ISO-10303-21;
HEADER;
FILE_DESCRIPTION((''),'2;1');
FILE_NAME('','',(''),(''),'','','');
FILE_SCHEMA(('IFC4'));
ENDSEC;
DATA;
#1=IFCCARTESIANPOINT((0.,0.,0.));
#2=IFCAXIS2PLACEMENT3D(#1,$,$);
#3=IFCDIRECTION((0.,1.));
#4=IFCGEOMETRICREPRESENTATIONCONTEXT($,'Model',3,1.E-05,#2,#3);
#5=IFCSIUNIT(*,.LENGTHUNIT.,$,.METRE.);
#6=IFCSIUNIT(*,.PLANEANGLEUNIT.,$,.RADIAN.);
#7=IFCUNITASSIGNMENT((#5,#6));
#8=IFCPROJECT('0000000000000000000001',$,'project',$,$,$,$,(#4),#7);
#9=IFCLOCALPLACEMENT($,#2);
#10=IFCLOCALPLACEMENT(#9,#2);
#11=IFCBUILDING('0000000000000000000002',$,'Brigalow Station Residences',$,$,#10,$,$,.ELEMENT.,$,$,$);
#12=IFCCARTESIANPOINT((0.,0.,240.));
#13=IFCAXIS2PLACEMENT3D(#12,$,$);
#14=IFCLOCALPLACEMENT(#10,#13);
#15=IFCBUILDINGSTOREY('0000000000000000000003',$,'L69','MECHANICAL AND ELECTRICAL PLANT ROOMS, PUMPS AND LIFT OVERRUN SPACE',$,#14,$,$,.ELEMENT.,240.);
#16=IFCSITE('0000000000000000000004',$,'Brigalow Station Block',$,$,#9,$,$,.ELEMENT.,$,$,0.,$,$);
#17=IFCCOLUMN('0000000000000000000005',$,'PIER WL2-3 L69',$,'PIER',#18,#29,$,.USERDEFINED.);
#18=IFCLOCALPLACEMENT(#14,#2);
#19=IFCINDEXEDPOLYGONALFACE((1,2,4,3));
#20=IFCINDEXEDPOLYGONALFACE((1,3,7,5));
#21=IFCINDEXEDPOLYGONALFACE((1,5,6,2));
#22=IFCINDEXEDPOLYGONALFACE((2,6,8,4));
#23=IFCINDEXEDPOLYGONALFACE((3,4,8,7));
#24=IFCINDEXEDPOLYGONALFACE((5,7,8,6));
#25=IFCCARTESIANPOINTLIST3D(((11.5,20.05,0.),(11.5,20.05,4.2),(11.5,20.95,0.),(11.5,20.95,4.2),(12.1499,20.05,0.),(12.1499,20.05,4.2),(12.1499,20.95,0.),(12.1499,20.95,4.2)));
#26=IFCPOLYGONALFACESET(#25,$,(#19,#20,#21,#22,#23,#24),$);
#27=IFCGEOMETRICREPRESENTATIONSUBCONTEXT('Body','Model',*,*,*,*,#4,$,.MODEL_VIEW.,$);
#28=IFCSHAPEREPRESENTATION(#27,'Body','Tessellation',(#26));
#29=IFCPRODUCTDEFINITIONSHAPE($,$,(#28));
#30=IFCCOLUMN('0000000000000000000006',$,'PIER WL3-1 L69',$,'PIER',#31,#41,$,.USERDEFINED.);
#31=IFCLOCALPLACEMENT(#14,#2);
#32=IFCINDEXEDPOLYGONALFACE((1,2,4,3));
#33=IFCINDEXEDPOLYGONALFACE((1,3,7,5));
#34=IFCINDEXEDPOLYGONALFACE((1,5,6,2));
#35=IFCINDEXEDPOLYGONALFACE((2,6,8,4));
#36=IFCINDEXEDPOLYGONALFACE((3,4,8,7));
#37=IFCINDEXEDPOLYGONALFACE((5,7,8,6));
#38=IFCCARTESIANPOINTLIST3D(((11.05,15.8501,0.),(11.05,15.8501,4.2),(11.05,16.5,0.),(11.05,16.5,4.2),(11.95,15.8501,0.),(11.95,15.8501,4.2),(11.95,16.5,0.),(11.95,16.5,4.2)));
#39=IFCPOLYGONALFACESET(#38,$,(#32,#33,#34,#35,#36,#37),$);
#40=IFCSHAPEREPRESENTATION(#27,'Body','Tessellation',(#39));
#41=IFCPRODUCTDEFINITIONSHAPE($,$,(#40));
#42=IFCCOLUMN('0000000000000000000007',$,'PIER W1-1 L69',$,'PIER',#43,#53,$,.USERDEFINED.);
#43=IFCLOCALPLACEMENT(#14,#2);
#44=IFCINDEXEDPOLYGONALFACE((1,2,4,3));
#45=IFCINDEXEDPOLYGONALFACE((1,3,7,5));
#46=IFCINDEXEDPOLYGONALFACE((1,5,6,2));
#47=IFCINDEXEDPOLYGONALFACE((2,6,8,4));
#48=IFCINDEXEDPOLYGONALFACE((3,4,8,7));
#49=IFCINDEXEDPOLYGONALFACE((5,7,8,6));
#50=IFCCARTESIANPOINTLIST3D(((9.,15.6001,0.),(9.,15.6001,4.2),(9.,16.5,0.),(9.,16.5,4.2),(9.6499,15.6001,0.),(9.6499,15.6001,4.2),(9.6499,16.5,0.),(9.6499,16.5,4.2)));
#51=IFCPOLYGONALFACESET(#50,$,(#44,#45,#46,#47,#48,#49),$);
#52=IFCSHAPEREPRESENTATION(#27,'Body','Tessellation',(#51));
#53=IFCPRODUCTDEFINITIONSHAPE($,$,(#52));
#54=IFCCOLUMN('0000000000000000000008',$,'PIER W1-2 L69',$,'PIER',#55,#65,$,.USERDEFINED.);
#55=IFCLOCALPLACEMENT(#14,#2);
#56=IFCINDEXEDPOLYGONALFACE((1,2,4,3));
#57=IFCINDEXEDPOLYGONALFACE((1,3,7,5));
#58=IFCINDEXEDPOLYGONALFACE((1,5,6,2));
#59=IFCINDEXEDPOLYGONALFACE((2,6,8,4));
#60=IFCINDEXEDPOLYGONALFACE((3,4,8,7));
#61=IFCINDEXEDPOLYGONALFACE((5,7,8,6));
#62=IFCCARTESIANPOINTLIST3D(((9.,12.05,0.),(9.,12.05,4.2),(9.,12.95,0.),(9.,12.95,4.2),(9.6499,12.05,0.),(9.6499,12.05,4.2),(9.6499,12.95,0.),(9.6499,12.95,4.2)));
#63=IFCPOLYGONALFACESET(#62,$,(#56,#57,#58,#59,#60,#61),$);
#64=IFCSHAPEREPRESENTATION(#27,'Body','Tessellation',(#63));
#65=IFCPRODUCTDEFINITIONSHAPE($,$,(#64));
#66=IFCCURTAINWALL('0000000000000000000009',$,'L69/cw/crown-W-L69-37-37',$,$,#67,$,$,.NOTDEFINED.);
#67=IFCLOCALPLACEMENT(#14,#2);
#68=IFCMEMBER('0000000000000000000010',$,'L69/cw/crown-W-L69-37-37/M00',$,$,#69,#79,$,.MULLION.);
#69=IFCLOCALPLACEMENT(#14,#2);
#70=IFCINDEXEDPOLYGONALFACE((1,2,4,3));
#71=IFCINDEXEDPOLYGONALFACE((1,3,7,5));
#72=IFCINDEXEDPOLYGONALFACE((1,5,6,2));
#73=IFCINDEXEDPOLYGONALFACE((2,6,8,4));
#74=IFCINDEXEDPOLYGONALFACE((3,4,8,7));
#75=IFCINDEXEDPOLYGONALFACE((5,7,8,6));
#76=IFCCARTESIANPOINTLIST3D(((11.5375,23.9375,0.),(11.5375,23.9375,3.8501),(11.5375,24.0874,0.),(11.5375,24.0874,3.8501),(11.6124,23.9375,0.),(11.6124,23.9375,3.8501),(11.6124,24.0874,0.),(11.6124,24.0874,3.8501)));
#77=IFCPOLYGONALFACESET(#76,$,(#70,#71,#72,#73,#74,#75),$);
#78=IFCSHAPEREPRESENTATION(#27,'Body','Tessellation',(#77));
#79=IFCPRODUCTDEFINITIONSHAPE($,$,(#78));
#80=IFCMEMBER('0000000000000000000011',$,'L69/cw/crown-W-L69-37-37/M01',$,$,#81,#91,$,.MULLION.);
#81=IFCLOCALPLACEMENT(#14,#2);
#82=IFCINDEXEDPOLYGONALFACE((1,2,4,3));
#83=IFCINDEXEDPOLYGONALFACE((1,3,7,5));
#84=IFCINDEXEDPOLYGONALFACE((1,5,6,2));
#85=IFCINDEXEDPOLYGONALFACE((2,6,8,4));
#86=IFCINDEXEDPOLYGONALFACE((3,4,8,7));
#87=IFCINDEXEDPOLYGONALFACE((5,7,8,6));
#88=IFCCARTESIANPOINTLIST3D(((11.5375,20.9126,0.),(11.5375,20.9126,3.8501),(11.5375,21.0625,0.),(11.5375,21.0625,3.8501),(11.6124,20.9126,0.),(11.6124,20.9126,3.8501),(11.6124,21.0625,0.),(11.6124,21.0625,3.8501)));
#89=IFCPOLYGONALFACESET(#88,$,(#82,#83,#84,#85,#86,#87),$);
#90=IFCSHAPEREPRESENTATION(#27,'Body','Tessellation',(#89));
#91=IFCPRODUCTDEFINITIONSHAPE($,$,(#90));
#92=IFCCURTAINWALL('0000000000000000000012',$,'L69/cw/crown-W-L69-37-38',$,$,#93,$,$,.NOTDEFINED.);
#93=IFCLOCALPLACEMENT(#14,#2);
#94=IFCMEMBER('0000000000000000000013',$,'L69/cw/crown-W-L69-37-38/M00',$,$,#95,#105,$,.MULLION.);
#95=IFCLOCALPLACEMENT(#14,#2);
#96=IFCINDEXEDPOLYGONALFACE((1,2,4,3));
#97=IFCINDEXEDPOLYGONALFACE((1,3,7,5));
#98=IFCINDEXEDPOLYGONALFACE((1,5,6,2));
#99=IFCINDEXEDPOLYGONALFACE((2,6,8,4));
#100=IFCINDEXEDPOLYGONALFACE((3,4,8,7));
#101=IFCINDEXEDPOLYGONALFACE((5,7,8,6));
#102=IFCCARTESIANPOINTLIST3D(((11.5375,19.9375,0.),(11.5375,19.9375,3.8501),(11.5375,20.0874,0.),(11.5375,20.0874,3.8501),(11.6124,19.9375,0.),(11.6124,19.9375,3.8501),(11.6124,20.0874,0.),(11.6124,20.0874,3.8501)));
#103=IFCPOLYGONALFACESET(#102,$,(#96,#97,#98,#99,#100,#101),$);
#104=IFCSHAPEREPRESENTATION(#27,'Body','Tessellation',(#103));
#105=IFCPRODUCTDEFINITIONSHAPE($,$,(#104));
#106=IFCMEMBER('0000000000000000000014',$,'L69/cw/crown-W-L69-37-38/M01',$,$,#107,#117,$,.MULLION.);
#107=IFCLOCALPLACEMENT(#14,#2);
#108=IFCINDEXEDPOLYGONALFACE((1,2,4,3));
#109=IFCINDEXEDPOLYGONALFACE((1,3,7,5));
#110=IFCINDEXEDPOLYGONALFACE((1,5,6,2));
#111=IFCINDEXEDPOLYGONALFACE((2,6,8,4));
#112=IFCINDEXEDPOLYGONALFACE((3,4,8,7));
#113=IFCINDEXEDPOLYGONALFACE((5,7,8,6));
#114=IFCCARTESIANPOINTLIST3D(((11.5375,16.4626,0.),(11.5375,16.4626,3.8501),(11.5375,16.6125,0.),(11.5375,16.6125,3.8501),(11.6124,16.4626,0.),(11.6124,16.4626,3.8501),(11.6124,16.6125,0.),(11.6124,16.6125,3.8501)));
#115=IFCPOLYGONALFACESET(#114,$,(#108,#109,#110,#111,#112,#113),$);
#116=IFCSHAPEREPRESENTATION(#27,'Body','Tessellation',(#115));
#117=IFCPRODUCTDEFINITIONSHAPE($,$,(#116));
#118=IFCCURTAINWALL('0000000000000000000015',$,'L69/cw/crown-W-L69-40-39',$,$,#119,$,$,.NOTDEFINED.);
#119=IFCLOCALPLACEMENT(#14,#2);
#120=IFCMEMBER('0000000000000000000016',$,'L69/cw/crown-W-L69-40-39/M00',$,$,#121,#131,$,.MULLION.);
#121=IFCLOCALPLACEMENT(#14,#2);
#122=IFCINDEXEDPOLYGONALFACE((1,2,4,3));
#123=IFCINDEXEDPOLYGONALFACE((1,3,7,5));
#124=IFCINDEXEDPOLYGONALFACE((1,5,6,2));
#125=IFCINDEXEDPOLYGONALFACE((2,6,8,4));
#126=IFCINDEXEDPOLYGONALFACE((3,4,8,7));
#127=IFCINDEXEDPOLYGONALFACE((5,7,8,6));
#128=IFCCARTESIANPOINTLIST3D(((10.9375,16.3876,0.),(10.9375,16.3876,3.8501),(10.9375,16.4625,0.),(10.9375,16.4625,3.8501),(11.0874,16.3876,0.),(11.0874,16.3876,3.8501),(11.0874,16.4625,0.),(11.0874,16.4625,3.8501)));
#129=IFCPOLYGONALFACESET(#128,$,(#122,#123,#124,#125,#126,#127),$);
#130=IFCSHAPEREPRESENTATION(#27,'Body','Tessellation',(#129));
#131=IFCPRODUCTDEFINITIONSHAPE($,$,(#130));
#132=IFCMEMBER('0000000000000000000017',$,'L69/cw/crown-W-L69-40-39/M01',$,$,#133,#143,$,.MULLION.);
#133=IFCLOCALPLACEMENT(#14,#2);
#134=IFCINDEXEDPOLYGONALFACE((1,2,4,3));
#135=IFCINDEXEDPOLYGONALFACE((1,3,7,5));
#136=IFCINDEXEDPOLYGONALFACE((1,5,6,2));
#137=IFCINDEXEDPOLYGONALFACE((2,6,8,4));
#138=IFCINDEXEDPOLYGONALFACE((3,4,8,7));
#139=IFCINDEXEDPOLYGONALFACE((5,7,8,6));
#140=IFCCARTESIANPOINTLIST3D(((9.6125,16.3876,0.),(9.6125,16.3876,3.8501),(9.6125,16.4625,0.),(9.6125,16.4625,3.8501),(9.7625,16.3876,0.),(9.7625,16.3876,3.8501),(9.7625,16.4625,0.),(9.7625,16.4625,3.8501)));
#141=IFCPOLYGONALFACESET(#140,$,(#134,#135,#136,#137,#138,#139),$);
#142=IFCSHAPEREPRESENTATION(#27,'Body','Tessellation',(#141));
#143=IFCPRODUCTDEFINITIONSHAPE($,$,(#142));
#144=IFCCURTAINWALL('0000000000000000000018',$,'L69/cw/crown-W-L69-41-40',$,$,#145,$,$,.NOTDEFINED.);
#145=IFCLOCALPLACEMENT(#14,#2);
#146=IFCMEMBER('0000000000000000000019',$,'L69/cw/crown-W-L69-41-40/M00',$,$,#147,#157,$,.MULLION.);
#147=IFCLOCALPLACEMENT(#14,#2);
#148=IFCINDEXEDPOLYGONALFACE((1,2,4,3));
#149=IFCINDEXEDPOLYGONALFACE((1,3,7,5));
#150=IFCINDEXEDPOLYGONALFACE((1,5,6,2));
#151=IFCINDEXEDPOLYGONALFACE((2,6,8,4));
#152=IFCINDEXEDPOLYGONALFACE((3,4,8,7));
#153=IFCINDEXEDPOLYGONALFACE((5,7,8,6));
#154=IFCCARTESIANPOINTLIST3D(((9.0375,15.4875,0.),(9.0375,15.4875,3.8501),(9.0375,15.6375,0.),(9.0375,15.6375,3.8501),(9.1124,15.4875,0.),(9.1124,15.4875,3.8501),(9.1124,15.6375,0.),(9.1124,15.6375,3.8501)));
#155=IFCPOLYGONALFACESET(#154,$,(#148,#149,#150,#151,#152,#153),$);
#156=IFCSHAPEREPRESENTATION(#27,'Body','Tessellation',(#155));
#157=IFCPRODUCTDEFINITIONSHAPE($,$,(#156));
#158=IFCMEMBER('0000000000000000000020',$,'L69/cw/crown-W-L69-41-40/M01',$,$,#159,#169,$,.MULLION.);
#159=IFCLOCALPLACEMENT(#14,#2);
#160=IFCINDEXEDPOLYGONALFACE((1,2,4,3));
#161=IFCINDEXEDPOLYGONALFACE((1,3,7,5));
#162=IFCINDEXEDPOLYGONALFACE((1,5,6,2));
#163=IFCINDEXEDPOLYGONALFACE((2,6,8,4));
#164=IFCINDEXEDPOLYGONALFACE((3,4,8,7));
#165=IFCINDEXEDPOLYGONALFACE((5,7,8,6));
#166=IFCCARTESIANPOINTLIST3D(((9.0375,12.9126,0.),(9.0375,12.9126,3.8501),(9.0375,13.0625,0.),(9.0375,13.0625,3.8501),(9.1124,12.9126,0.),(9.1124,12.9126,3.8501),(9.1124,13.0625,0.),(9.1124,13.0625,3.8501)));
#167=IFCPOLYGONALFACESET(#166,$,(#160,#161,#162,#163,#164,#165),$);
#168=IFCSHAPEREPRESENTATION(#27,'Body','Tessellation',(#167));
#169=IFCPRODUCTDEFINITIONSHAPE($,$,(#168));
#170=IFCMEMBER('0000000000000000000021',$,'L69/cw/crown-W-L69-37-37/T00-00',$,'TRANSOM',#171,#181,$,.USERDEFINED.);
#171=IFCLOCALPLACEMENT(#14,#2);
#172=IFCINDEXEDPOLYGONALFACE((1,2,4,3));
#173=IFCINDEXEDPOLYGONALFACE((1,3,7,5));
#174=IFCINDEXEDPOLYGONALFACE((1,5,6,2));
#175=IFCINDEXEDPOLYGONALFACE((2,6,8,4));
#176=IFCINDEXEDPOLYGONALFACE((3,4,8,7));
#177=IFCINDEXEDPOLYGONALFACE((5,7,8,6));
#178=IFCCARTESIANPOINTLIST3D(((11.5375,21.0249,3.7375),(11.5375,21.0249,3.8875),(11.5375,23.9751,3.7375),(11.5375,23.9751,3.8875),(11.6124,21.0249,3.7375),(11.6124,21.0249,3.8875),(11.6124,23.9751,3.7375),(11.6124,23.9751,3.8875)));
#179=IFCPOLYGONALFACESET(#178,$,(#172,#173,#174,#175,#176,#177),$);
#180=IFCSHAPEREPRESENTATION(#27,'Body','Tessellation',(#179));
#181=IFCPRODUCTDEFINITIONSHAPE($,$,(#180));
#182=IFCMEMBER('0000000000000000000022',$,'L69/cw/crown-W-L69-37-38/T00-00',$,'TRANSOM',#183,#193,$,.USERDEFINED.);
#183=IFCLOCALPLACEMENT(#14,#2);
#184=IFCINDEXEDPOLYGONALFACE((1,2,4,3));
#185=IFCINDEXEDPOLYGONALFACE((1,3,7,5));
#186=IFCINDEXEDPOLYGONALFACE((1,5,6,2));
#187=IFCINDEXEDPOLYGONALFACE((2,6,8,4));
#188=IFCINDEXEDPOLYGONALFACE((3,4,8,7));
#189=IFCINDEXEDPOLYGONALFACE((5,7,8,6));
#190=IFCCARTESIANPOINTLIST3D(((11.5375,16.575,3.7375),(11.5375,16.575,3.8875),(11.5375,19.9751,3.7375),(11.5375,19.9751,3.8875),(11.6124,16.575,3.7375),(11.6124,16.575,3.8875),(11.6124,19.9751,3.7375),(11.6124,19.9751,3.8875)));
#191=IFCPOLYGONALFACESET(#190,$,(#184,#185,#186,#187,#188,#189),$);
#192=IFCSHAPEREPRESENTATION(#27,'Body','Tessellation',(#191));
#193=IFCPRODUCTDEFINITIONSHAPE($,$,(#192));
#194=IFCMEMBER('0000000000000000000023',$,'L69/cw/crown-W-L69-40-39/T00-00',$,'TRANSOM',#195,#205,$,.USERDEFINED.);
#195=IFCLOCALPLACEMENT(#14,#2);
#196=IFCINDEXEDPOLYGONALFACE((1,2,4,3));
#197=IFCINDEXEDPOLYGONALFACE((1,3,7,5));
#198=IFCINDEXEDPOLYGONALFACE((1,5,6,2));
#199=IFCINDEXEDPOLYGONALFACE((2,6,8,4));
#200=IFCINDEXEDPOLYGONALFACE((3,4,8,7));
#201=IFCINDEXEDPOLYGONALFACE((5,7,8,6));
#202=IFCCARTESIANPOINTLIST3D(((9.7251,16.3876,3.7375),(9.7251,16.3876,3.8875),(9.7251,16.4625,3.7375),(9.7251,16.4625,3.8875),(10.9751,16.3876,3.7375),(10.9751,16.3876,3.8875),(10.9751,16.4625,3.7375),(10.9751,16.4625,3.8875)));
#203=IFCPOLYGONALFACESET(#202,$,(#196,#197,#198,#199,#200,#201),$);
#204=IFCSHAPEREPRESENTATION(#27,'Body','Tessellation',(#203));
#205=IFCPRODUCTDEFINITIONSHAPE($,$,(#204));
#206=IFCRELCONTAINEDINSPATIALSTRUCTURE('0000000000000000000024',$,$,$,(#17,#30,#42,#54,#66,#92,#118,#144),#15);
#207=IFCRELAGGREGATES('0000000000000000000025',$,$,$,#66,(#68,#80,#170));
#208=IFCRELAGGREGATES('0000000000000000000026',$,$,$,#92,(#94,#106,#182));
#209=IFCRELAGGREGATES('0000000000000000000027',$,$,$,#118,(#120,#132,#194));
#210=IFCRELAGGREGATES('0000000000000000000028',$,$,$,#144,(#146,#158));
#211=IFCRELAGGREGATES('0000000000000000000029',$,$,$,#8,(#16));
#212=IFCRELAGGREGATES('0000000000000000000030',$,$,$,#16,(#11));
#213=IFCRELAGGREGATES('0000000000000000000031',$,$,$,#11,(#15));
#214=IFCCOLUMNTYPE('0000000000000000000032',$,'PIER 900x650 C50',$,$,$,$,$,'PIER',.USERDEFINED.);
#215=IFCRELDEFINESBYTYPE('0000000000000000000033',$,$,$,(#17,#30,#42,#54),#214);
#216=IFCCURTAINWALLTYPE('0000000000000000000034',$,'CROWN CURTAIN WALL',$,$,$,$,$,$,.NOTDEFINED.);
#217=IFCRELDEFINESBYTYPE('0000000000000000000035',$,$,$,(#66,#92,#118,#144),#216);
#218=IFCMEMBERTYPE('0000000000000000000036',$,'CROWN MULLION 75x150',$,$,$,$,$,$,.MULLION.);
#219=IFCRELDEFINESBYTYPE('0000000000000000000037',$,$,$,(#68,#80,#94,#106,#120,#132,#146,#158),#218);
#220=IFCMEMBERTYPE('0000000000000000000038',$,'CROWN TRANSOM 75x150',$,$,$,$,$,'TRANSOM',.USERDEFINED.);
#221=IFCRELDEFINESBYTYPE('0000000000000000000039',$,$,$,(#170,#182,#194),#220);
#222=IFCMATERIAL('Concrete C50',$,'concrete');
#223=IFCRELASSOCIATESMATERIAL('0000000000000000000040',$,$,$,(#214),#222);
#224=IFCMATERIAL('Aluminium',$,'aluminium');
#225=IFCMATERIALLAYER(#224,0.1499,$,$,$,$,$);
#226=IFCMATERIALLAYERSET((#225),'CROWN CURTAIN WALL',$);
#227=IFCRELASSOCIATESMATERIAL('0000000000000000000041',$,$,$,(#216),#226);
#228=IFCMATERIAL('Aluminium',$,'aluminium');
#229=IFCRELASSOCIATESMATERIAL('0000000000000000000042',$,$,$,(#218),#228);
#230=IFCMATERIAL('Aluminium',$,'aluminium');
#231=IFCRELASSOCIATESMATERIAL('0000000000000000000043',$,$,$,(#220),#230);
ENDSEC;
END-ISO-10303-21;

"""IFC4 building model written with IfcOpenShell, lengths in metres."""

from ifc_helpers import new_model, si_unit, direction, frame, origin, origin_2d, place, context, subcontext, project, spatial, rectangle, extrude, material, layer, layer_set, material_profile, profile_set, type_object, element, aggregate, save


model = new_model("IFC4")

# Units and contexts
model_context = context("Model", 3, precision=1e-05, world=origin(), true_north=direction((0.0, 1.0)))
body_context = subcontext(model_context, "Body", "Model", "MODEL_VIEW")
ifc_project = project(units=[si_unit("LENGTHUNIT", "METRE"), si_unit("PLANEANGLEUNIT", "RADIAN")], contexts=[model_context])

# Site, building, storey
site_placement = place(None, origin())
site = spatial("IfcSite", under=ifc_project, at=site_placement, Name="Brigalow Station Block", CompositionType="ELEMENT", RefElevation=0.0)
building_placement = place(site_placement, origin())
building = spatial("IfcBuilding", under=site, at=building_placement, Name="Brigalow Station Residences", CompositionType="ELEMENT")
storey_placement = place(building_placement, frame((0.0, 0.0, 240.0)))
storey = spatial("IfcBuildingStorey", under=building, at=storey_placement, Name="L69", Description="MECHANICAL AND ELECTRICAL PLANT ROOMS, PUMPS AND LIFT OVERRUN SPACE", CompositionType="ELEMENT", Elevation=240.0)

# Columns
ifc_material_1 = material(Name="Concrete C50", Category="concrete")
ifc_material_profile_1 = material_profile(ifc_material_1, rectangle(XDim=0.8999, YDim=0.6499, at=origin_2d()), Name="RC900x650")
ifc_profile_set_1 = profile_set([ifc_material_profile_1], Name="Concrete C50")
column_type = type_object("IfcColumnType", Name="PIER 900x650 C50", ElementType="PIER", PredefinedType="USERDEFINED", material=ifc_profile_set_1)
for number, where, z_axis, x_axis, name in (
    (1, (11.825, 20.5, 0.0), (0.0, 0.0, 1.0), (0.0, -1.0, 0.0), "PIER WL2-3 L69"),
    (2, (11.5, 16.175, 0.0), (0.0, 0.0, 1.0), (-1.0, 0.0, 0.0), "PIER WL3-1 L69"),
    (3, (9.325, 16.05, 0.0), (0.0, 0.0, 1.0), (0.0, -1.0, 0.0), "PIER W1-1 L69"),
    (4, (9.325, 12.5, 0.0), (0.0, 0.0, 1.0), (0.0, -1.0, 0.0), "PIER W1-2 L69"),
):
    element("IfcColumn", number, at=place(storey_placement, frame(where, z_axis=z_axis, x_axis=x_axis)), inside=storey, type_object=column_type, Name=name, ObjectType="PIER", PredefinedType="USERDEFINED", context=body_context, shape_type="SweptSolid", body=[
        extrude(rectangle(XDim=0.8999, YDim=0.6499, at=origin_2d()), origin(), (0.0, 0.0, 1.0), 4.2),
    ])

# Curtain walls, members
ifc_material_2 = material(Name="Aluminium", Category="aluminium")
ifc_layer_1 = layer(ifc_material_2, 0.1499)
ifc_layer_set_1 = layer_set([ifc_layer_1], Name="CROWN CURTAIN WALL")
curtain_wall_type = type_object("IfcCurtainWallType", Name="CROWN CURTAIN WALL", PredefinedType="NOTDEFINED", material=ifc_layer_set_1)
curtain_wall_1_placement = place(storey_placement, origin())
curtain_wall_1 = element("IfcCurtainWall", 5, at=curtain_wall_1_placement, inside=storey, type_object=curtain_wall_type, Name="L69/cw/crown-W-L69-37-37", PredefinedType="NOTDEFINED")
ifc_material_3 = material(Name="Aluminium", Category="aluminium")
ifc_material_profile_2 = material_profile(ifc_material_3, rectangle(XDim=0.075, YDim=0.1499, at=origin_2d()), Name="CROWN MULLION 75x150")
ifc_profile_set_2 = profile_set([ifc_material_profile_2], Name="Aluminium")
member_type_1 = type_object("IfcMemberType", Name="CROWN MULLION 75x150", PredefinedType="MULLION", material=ifc_profile_set_2)
member_1_placement = place(storey_placement, frame((11.575, 24.0125, 0.0), z_axis=(0.0, 0.0, 1.0), x_axis=(1.0, 0.0, 0.0)))
member_1 = element("IfcMember", 6, at=member_1_placement, type_object=member_type_1, Name="L69/cw/crown-W-L69-37-37/M00", PredefinedType="MULLION", context=body_context, shape_type="SweptSolid", body=[
    extrude(rectangle(XDim=0.075, YDim=0.1499, at=origin_2d()), origin(), (0.0, 0.0, 1.0), 3.8501),
])
member_2_placement = place(storey_placement, frame((11.575, 20.9875, 0.0), z_axis=(0.0, 0.0, 1.0), x_axis=(1.0, 0.0, 0.0)))
member_2 = element("IfcMember", 7, at=member_2_placement, type_object=member_type_1, Name="L69/cw/crown-W-L69-37-37/M01", PredefinedType="MULLION", context=body_context, shape_type="SweptSolid", body=[
    extrude(rectangle(XDim=0.075, YDim=0.1499, at=origin_2d()), origin(), (0.0, 0.0, 1.0), 3.8501),
])
curtain_wall_2_placement = place(storey_placement, origin())
curtain_wall_2 = element("IfcCurtainWall", 8, at=curtain_wall_2_placement, inside=storey, type_object=curtain_wall_type, Name="L69/cw/crown-W-L69-37-38", PredefinedType="NOTDEFINED")
member_3_placement = place(storey_placement, frame((11.575, 20.0125, 0.0), z_axis=(0.0, 0.0, 1.0), x_axis=(1.0, 0.0, 0.0)))
member_3 = element("IfcMember", 9, at=member_3_placement, type_object=member_type_1, Name="L69/cw/crown-W-L69-37-38/M00", PredefinedType="MULLION", context=body_context, shape_type="SweptSolid", body=[
    extrude(rectangle(XDim=0.075, YDim=0.1499, at=origin_2d()), origin(), (0.0, 0.0, 1.0), 3.8501),
])
member_4_placement = place(storey_placement, frame((11.575, 16.5376, 0.0), z_axis=(0.0, 0.0, 1.0), x_axis=(1.0, 0.0, 0.0)))
member_4 = element("IfcMember", 10, at=member_4_placement, type_object=member_type_1, Name="L69/cw/crown-W-L69-37-38/M01", PredefinedType="MULLION", context=body_context, shape_type="SweptSolid", body=[
    extrude(rectangle(XDim=0.075, YDim=0.1499, at=origin_2d()), origin(), (0.0, 0.0, 1.0), 3.8501),
])
curtain_wall_3_placement = place(storey_placement, origin())
curtain_wall_3 = element("IfcCurtainWall", 11, at=curtain_wall_3_placement, inside=storey, type_object=curtain_wall_type, Name="L69/cw/crown-W-L69-40-39", PredefinedType="NOTDEFINED")
member_5_placement = place(storey_placement, frame((11.0125, 16.425, 0.0), z_axis=(0.0, 0.0, 1.0), x_axis=(0.0, -1.0, 0.0)))
member_5 = element("IfcMember", 12, at=member_5_placement, type_object=member_type_1, Name="L69/cw/crown-W-L69-40-39/M00", PredefinedType="MULLION", context=body_context, shape_type="SweptSolid", body=[
    extrude(rectangle(XDim=0.075, YDim=0.1499, at=origin_2d()), origin(), (0.0, 0.0, 1.0), 3.8501),
])
member_6_placement = place(storey_placement, frame((9.6875, 16.425, 0.0), z_axis=(0.0, 0.0, 1.0), x_axis=(0.0, -1.0, 0.0)))
member_6 = element("IfcMember", 13, at=member_6_placement, type_object=member_type_1, Name="L69/cw/crown-W-L69-40-39/M01", PredefinedType="MULLION", context=body_context, shape_type="SweptSolid", body=[
    extrude(rectangle(XDim=0.075, YDim=0.1499, at=origin_2d()), origin(), (0.0, 0.0, 1.0), 3.8501),
])
curtain_wall_4_placement = place(storey_placement, origin())
curtain_wall_4 = element("IfcCurtainWall", 14, at=curtain_wall_4_placement, inside=storey, type_object=curtain_wall_type, Name="L69/cw/crown-W-L69-41-40", PredefinedType="NOTDEFINED")
member_7_placement = place(storey_placement, frame((9.075, 15.5625, 0.0), z_axis=(0.0, 0.0, 1.0), x_axis=(1.0, 0.0, 0.0)))
member_7 = element("IfcMember", 15, at=member_7_placement, type_object=member_type_1, Name="L69/cw/crown-W-L69-41-40/M00", PredefinedType="MULLION", context=body_context, shape_type="SweptSolid", body=[
    extrude(rectangle(XDim=0.075, YDim=0.1499, at=origin_2d()), origin(), (0.0, 0.0, 1.0), 3.8501),
])
member_8_placement = place(storey_placement, frame((9.075, 12.9875, 0.0), z_axis=(0.0, 0.0, 1.0), x_axis=(1.0, 0.0, 0.0)))
member_8 = element("IfcMember", 16, at=member_8_placement, type_object=member_type_1, Name="L69/cw/crown-W-L69-41-40/M01", PredefinedType="MULLION", context=body_context, shape_type="SweptSolid", body=[
    extrude(rectangle(XDim=0.075, YDim=0.1499, at=origin_2d()), origin(), (0.0, 0.0, 1.0), 3.8501),
])

# Members
ifc_material_4 = material(Name="Aluminium", Category="aluminium")
ifc_material_profile_3 = material_profile(ifc_material_4, rectangle(XDim=0.075, YDim=0.1499, at=origin_2d()), Name="CROWN TRANSOM 75x150")
ifc_profile_set_3 = profile_set([ifc_material_profile_3], Name="Aluminium")
member_type_2 = type_object("IfcMemberType", Name="CROWN TRANSOM 75x150", ElementType="TRANSOM", PredefinedType="USERDEFINED", material=ifc_profile_set_3)
member_9_placement = place(storey_placement, frame((11.575, 23.9751, 3.8125), z_axis=(0.0, -1.0, 0.0), x_axis=(1.0, 0.0, 0.0)))
member_9 = element("IfcMember", 17, at=member_9_placement, type_object=member_type_2, Name="L69/cw/crown-W-L69-37-37/T00-00", ObjectType="TRANSOM", PredefinedType="USERDEFINED", context=body_context, shape_type="SweptSolid", body=[
    extrude(rectangle(XDim=0.075, YDim=0.1499, at=origin_2d()), origin(), (0.0, 0.0, 1.0), 2.9502),
])
member_10_placement = place(storey_placement, frame((11.575, 19.9751, 3.8125), z_axis=(0.0, -1.0, 0.0), x_axis=(1.0, 0.0, 0.0)))
member_10 = element("IfcMember", 18, at=member_10_placement, type_object=member_type_2, Name="L69/cw/crown-W-L69-37-38/T00-00", ObjectType="TRANSOM", PredefinedType="USERDEFINED", context=body_context, shape_type="SweptSolid", body=[
    extrude(rectangle(XDim=0.075, YDim=0.1499, at=origin_2d()), origin(), (0.0, 0.0, 1.0), 3.4001),
])
member_11_placement = place(storey_placement, frame((10.9751, 16.425, 3.8125), z_axis=(-1.0, 0.0, 0.0), x_axis=(0.0, -1.0, 0.0)))
member_11 = element("IfcMember", 19, at=member_11_placement, type_object=member_type_2, Name="L69/cw/crown-W-L69-40-39/T00-00", ObjectType="TRANSOM", PredefinedType="USERDEFINED", context=body_context, shape_type="SweptSolid", body=[
    extrude(rectangle(XDim=0.075, YDim=0.1499, at=origin_2d()), origin(), (0.0, 0.0, 1.0), 1.25),
])

aggregate(curtain_wall_1, [member_1, member_2, member_9])
aggregate(curtain_wall_2, [member_3, member_4, member_10])
aggregate(curtain_wall_3, [member_5, member_6, member_11])
aggregate(curtain_wall_4, [member_7, member_8])

save(model, "model.ifc")
